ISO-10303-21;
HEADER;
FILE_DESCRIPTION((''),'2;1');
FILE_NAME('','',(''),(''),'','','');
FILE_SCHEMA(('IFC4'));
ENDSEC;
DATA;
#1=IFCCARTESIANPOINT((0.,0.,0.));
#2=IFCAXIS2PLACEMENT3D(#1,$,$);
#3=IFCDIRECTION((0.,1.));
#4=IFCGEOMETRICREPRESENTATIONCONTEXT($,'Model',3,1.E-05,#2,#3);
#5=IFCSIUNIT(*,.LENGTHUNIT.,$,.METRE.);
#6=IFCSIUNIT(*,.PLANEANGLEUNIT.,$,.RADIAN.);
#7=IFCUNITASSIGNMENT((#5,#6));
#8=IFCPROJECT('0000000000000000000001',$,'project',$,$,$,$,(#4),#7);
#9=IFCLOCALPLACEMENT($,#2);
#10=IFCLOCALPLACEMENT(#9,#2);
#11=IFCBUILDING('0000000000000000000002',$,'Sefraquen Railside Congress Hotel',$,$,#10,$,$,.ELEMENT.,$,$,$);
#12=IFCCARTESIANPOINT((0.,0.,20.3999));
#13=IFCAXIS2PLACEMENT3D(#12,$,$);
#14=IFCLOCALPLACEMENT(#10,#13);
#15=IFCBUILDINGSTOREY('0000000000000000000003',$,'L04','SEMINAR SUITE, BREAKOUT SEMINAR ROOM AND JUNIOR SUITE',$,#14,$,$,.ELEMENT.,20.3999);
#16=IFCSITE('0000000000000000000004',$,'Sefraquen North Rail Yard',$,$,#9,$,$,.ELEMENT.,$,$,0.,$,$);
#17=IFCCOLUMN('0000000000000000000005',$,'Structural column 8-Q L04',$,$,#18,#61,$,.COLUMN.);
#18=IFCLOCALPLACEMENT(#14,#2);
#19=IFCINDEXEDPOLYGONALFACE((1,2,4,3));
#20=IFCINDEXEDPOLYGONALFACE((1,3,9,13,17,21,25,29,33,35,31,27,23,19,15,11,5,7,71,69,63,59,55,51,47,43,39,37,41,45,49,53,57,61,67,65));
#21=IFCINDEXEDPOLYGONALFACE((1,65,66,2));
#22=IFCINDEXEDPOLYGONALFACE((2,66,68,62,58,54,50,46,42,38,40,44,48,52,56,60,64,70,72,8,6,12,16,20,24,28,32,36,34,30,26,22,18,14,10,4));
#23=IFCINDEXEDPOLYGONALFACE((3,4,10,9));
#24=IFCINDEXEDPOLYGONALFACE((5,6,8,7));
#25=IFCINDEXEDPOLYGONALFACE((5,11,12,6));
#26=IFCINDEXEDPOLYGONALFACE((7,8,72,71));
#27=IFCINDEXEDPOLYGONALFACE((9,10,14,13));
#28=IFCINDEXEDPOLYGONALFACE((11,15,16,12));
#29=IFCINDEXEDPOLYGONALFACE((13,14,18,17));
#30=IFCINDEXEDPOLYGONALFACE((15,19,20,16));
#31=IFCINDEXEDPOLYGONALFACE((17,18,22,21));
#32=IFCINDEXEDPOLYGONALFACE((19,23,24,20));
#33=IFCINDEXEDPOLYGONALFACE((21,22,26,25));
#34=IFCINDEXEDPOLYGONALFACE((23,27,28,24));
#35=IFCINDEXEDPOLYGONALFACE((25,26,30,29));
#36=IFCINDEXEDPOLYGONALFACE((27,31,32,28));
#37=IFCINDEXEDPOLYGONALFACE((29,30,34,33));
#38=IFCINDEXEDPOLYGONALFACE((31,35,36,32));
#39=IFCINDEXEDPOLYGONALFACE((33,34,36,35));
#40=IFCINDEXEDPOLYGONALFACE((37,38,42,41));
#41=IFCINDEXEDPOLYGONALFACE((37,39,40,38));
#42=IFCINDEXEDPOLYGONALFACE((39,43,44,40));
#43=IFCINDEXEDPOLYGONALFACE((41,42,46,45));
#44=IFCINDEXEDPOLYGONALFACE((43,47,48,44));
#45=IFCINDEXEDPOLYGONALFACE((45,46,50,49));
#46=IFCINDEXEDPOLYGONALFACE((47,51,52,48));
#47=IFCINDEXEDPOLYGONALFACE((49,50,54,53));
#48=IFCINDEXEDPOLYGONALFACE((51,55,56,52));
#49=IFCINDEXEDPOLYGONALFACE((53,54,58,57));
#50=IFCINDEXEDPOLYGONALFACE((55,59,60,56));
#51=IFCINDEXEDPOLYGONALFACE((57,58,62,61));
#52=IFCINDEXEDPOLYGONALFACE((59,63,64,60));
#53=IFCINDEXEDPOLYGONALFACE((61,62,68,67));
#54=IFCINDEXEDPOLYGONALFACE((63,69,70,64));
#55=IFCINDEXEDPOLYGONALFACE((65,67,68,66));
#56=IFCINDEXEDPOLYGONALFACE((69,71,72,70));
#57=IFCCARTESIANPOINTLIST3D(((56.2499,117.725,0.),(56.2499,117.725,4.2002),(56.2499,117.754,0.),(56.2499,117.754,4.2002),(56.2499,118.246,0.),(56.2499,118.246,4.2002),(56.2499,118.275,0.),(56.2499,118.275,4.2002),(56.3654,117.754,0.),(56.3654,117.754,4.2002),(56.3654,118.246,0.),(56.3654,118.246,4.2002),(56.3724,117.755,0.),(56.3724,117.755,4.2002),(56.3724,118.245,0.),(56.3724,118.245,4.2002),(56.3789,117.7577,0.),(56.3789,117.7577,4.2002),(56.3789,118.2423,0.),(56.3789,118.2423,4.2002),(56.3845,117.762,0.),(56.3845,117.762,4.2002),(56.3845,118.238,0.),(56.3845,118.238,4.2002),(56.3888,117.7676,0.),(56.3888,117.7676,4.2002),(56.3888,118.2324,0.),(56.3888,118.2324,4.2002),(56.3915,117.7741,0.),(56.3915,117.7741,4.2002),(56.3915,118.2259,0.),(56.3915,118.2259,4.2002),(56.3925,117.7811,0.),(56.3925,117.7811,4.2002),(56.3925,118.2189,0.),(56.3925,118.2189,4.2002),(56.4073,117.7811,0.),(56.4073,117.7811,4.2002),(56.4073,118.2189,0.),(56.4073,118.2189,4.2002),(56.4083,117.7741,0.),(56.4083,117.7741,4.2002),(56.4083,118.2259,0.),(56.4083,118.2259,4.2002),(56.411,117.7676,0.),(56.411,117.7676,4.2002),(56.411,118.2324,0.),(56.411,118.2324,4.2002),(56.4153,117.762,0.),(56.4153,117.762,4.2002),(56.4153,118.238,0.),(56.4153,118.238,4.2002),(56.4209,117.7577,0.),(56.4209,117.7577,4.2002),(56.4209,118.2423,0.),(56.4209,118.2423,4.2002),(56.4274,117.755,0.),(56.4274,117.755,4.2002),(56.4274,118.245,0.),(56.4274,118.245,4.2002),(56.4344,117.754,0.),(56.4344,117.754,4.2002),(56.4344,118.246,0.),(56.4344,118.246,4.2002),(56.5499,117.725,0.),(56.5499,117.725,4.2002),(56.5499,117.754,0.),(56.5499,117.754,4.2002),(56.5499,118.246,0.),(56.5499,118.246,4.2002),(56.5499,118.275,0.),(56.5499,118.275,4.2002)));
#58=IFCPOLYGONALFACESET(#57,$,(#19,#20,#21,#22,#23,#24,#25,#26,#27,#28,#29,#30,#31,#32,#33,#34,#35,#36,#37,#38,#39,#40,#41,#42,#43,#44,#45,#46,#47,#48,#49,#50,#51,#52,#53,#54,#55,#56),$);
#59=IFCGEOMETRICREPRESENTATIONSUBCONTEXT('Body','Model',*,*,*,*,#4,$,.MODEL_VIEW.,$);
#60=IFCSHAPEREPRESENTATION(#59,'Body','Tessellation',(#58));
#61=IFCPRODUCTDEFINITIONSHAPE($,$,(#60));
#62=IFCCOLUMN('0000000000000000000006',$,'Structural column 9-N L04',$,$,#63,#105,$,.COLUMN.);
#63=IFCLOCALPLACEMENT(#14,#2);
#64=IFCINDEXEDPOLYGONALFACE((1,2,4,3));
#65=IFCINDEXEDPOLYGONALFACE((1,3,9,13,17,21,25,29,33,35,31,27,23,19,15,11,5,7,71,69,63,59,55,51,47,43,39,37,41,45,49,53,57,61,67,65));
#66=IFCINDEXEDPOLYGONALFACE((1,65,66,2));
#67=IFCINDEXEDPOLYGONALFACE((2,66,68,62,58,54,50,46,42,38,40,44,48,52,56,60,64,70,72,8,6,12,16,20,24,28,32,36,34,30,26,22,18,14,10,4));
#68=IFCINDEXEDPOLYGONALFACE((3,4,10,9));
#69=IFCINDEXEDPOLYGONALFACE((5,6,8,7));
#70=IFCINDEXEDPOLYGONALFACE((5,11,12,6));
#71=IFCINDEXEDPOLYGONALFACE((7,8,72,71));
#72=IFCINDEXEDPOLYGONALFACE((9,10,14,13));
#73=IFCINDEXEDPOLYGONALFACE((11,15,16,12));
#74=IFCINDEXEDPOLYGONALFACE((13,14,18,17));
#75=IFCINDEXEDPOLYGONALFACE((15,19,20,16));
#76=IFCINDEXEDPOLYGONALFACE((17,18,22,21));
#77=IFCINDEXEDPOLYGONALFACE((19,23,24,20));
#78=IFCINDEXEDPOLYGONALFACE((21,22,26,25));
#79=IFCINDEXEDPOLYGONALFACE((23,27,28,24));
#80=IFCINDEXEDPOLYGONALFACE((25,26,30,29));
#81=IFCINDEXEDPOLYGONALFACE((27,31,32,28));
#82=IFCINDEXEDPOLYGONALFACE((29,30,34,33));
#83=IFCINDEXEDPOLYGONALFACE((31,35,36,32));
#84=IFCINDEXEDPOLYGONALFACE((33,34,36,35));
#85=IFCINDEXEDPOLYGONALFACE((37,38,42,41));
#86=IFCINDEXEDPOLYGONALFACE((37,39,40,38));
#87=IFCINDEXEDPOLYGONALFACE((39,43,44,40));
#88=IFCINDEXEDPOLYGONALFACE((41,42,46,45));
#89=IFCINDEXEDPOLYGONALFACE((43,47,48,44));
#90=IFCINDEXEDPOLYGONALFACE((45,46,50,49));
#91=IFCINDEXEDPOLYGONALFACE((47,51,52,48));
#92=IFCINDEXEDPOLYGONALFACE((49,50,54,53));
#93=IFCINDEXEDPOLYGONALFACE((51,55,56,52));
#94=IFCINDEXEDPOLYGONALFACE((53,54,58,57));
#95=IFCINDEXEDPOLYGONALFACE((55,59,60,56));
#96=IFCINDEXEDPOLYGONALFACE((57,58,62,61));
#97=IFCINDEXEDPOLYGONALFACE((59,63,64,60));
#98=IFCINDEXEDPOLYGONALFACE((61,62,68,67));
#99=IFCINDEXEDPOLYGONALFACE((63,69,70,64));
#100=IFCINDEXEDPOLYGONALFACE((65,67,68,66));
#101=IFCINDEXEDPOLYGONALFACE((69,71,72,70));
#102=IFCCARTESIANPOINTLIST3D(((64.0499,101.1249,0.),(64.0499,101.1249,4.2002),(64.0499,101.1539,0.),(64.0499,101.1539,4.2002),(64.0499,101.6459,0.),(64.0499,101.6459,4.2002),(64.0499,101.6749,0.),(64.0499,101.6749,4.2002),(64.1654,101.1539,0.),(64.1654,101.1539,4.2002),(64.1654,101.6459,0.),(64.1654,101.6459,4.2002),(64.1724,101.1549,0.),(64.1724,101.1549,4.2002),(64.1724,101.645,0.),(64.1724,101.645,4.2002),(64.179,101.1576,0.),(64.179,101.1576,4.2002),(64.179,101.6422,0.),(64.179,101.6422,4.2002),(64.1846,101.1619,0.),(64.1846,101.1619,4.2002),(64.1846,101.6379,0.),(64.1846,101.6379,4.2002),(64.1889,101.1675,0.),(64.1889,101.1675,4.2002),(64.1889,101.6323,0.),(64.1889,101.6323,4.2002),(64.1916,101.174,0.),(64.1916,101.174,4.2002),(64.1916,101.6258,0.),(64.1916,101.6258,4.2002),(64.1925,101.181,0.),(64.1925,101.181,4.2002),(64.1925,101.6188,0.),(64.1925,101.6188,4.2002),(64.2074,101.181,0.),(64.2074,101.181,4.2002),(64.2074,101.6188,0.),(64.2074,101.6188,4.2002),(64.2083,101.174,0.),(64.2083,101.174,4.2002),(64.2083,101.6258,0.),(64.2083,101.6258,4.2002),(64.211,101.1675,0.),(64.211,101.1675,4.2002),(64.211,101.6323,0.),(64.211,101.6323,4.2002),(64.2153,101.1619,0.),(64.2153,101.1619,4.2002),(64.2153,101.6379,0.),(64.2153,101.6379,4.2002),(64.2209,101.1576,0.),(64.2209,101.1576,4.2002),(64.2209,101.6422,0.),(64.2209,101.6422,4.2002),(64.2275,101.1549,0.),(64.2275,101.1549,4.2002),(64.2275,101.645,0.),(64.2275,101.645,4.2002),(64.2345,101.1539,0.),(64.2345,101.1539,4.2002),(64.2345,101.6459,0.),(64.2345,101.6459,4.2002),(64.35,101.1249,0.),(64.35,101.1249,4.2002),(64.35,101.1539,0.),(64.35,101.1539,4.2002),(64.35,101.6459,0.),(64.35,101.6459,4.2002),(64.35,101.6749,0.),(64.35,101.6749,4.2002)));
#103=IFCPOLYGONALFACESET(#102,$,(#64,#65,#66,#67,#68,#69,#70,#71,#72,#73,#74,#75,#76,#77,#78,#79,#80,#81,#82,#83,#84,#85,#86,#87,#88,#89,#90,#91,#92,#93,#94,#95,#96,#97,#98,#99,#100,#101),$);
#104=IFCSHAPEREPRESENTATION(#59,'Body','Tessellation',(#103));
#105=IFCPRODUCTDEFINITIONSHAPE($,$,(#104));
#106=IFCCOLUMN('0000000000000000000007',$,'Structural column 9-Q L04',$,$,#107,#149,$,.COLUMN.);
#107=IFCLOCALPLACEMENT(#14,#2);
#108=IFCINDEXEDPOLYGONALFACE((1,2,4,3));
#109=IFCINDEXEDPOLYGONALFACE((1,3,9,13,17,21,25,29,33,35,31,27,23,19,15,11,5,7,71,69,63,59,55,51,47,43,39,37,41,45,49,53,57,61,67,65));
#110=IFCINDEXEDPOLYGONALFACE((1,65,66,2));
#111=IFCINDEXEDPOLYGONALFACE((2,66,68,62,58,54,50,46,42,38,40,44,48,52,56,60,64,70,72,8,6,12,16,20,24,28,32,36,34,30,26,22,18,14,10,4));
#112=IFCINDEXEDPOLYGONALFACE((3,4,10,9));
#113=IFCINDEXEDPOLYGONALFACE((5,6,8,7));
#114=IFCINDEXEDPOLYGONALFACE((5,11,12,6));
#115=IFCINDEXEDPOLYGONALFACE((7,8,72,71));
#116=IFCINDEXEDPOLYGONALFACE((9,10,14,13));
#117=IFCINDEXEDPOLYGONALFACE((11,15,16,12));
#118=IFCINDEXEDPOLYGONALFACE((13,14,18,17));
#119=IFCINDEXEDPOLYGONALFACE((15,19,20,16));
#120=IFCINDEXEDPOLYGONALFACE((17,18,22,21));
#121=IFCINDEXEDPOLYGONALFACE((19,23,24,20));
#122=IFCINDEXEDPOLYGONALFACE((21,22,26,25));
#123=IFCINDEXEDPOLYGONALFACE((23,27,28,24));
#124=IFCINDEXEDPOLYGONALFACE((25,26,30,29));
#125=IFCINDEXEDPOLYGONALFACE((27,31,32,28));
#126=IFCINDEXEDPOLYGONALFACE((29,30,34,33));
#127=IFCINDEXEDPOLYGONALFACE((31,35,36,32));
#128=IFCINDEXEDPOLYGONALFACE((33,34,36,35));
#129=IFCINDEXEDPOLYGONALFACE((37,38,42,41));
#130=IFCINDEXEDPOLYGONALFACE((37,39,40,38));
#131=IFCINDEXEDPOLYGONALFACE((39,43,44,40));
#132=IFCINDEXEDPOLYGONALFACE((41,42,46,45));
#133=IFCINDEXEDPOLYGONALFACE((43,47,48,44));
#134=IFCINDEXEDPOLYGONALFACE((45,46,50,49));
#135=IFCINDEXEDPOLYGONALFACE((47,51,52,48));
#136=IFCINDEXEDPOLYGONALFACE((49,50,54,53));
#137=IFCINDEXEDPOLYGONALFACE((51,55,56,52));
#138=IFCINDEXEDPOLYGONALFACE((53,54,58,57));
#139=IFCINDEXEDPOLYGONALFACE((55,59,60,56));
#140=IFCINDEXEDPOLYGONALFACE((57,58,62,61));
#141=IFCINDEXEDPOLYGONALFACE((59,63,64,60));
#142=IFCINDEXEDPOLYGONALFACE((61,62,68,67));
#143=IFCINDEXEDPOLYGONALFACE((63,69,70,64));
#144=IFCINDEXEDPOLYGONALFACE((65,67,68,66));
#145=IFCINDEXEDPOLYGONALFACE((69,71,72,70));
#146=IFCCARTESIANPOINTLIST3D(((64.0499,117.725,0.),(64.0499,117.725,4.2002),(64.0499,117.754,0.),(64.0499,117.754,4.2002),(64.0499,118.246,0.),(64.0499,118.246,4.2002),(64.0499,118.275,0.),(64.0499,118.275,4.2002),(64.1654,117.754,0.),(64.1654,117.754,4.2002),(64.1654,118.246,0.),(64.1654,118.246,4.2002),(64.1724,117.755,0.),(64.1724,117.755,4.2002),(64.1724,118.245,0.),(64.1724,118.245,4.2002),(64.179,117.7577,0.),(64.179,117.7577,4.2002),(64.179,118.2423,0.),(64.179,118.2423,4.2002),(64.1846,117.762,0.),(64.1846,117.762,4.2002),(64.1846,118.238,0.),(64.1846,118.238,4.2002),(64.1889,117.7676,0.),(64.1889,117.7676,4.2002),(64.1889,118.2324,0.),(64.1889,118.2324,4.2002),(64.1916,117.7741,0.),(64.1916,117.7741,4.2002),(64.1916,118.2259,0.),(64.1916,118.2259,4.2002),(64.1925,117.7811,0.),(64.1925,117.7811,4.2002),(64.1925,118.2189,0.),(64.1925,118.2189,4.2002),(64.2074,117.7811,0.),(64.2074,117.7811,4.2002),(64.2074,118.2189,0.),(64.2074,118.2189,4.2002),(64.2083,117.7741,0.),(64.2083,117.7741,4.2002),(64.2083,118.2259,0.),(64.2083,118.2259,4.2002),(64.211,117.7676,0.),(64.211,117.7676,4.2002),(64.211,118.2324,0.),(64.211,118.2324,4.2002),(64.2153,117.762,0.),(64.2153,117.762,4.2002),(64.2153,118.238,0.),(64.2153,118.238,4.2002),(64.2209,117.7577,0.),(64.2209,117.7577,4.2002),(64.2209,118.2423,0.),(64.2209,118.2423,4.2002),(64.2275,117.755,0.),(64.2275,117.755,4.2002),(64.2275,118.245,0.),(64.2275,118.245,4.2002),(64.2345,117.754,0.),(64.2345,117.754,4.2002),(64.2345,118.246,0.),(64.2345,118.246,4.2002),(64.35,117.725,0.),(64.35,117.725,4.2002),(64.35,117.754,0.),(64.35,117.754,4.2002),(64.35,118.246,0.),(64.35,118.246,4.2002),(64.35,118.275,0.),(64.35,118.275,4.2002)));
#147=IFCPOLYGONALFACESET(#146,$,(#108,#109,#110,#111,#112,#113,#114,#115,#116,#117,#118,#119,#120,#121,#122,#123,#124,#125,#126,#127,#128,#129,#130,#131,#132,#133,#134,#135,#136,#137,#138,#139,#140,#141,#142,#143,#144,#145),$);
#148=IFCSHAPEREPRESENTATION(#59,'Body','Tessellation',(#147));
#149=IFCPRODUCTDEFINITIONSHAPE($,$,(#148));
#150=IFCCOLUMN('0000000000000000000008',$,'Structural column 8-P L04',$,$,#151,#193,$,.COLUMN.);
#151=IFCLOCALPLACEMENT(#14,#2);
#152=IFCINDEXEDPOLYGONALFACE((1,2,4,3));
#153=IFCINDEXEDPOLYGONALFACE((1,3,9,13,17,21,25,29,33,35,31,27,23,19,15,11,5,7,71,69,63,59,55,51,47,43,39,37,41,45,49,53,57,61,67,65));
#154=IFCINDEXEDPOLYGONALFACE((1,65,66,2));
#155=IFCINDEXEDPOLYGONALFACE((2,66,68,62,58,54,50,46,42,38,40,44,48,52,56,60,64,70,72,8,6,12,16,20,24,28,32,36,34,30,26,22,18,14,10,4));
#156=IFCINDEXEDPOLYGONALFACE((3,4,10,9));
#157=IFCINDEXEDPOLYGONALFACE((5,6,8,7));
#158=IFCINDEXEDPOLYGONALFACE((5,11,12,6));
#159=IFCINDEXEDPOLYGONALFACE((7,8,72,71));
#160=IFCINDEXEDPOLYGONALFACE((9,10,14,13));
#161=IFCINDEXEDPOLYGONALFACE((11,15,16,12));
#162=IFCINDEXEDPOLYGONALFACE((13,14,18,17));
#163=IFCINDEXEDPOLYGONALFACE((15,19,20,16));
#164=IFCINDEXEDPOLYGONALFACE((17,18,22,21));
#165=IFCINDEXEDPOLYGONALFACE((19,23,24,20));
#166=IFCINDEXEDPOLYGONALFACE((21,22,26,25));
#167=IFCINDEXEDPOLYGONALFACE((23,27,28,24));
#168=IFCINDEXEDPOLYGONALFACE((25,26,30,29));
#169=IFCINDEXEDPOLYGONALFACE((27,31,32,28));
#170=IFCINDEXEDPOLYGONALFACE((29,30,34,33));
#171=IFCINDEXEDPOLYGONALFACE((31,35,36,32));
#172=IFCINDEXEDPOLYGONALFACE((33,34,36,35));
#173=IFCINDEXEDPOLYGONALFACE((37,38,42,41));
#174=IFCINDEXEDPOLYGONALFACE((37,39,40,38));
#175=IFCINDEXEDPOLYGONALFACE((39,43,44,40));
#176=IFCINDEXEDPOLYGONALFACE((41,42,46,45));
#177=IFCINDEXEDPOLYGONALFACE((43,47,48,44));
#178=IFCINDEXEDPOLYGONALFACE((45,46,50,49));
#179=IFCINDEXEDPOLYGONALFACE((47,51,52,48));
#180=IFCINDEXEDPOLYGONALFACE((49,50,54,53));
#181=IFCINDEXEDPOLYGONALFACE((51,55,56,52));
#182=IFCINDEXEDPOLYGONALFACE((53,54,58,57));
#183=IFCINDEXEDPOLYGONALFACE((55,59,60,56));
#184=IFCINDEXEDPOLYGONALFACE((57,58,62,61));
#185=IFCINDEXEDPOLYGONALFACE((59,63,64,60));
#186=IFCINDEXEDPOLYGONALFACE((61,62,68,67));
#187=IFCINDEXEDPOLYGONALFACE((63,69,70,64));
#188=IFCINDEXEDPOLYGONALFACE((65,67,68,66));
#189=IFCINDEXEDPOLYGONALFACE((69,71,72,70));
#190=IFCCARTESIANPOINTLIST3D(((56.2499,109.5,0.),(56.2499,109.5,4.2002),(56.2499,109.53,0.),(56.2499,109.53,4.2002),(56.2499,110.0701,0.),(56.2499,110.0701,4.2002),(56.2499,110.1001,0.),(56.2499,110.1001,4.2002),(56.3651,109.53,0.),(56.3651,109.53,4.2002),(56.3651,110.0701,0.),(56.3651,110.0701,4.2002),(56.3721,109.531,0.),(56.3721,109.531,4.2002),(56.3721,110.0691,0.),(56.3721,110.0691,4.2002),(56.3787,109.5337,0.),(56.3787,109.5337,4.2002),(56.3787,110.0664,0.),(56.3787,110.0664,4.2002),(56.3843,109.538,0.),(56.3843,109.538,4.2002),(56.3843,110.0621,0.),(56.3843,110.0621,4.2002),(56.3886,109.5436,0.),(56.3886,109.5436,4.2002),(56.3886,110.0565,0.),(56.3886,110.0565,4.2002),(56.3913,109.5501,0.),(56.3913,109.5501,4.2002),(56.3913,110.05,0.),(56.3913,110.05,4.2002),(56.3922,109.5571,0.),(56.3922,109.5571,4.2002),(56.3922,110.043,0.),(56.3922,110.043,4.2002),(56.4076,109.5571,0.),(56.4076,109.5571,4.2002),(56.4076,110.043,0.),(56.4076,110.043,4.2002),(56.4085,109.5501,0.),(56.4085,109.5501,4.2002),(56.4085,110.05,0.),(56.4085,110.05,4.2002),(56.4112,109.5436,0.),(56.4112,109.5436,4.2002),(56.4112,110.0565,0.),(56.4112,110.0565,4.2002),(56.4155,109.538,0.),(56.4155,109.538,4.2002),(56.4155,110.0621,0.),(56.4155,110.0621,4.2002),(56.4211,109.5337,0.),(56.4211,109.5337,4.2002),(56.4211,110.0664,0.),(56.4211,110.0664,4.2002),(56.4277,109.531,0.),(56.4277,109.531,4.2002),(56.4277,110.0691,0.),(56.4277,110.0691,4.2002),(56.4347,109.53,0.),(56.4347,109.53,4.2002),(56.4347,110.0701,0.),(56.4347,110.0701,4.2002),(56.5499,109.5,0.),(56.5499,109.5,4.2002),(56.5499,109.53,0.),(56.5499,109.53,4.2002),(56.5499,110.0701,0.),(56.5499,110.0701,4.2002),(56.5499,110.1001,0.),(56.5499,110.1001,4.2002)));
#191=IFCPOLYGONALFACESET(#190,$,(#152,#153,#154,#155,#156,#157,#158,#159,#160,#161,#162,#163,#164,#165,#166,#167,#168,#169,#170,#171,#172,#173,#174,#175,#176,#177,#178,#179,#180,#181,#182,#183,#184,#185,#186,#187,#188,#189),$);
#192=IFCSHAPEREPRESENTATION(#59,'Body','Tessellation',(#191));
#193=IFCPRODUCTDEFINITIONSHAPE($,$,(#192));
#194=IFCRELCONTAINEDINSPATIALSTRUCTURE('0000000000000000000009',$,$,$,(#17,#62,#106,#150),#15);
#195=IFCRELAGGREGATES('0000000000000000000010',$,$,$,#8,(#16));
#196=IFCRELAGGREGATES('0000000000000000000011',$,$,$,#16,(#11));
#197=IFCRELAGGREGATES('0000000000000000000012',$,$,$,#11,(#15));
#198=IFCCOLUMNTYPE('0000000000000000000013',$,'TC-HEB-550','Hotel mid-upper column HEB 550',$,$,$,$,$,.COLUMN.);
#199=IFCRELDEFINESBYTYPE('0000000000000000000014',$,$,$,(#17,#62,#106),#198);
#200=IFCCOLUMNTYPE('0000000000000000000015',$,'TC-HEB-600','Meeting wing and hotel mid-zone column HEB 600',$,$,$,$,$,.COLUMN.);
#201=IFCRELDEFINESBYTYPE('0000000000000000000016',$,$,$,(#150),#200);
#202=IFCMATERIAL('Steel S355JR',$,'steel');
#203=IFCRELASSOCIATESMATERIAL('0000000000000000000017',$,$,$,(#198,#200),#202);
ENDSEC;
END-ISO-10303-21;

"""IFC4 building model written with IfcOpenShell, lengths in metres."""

from ifc_helpers import new_model, si_unit, direction, frame, origin, origin_2d, place, context, subcontext, project, spatial, i_section, extrude, material, material_profile, profile_set, type_object, element, save


model = new_model("IFC4")

# Units and contexts
model_context = context("Model", 3, precision=1e-05, world=origin(), true_north=direction((0.0, 1.0)))
body_context = subcontext(model_context, "Body", "Model", "MODEL_VIEW")
ifc_project = project(units=[si_unit("LENGTHUNIT", "METRE"), si_unit("PLANEANGLEUNIT", "RADIAN")], contexts=[model_context])

# Site, building, storey
site_placement = place(None, origin())
site = spatial("IfcSite", under=ifc_project, at=site_placement, Name="Sefraquen North Rail Yard", CompositionType="ELEMENT", RefElevation=0.0)
building_placement = place(site_placement, origin())
building = spatial("IfcBuilding", under=site, at=building_placement, Name="Sefraquen Railside Congress Hotel", CompositionType="ELEMENT")
storey_placement = place(building_placement, frame((0.0, 0.0, 20.3999)))
storey = spatial("IfcBuildingStorey", under=building, at=storey_placement, Name="L04", Description="SEMINAR SUITE, BREAKOUT SEMINAR ROOM AND JUNIOR SUITE", CompositionType="ELEMENT", Elevation=20.3999)

# Columns
ifc_material_1 = material(Name="Steel S355JR", Category="steel")
ifc_material_profile_1 = material_profile(ifc_material_1, i_section(OverallWidth=0.3, OverallDepth=0.55, WebThickness=0.0149, FlangeThickness=0.0291, FilletRadius=0.0271, at=origin_2d()), Name="HEB 550")
ifc_profile_set_1 = profile_set([ifc_material_profile_1], Name="Steel S355JR")
column_type_1 = type_object("IfcColumnType", Name="TC-HEB-550", Description="Hotel mid-upper column HEB 550", PredefinedType="COLUMN", material=ifc_profile_set_1)
for number, where, z_axis, x_axis, name in (
    (1, (56.3999, 118.0, 0.0), (0.0, 0.0, 1.0), (1.0, 0.0, 0.0), "Structural column 8-Q L04"),
    (2, (64.2, 101.3999, 0.0), (0.0, 0.0, 1.0), (1.0, 0.0, 0.0), "Structural column 9-N L04"),
    (3, (64.2, 118.0, 0.0), (0.0, 0.0, 1.0), (1.0, 0.0, 0.0), "Structural column 9-Q L04"),
):
    element("IfcColumn", number, at=place(storey_placement, frame(where, z_axis=z_axis, x_axis=x_axis)), inside=storey, type_object=column_type_1, Name=name, PredefinedType="COLUMN", context=body_context, shape_type="SweptSolid", body=[
        extrude(i_section(OverallWidth=0.3, OverallDepth=0.55, WebThickness=0.0149, FlangeThickness=0.0291, FilletRadius=0.0271, at=origin_2d()), origin(), (0.0, 0.0, 1.0), 4.2002),
    ])
ifc_material_profile_2 = material_profile(ifc_material_1, i_section(OverallWidth=0.3, OverallDepth=0.6001, WebThickness=0.0154, FlangeThickness=0.03, FilletRadius=0.0271, at=origin_2d()), Name="HEB 600")
ifc_profile_set_2 = profile_set([ifc_material_profile_2], Name="Steel S355JR")
column_type_2 = type_object("IfcColumnType", Name="TC-HEB-600", Description="Meeting wing and hotel mid-zone column HEB 600", PredefinedType="COLUMN", material=ifc_profile_set_2)
for number, where, z_axis, x_axis, name in (
    (4, (56.3999, 109.8, 0.0), (0.0, 0.0, 1.0), (1.0, 0.0, 0.0), "Structural column 8-P L04"),
):
    element("IfcColumn", number, at=place(storey_placement, frame(where, z_axis=z_axis, x_axis=x_axis)), inside=storey, type_object=column_type_2, Name=name, PredefinedType="COLUMN", context=body_context, shape_type="SweptSolid", body=[
        extrude(i_section(OverallWidth=0.3, OverallDepth=0.6001, WebThickness=0.0154, FlangeThickness=0.03, FilletRadius=0.0271, at=origin_2d()), origin(), (0.0, 0.0, 1.0), 4.2002),
    ])

save(model, "model.ifc")
